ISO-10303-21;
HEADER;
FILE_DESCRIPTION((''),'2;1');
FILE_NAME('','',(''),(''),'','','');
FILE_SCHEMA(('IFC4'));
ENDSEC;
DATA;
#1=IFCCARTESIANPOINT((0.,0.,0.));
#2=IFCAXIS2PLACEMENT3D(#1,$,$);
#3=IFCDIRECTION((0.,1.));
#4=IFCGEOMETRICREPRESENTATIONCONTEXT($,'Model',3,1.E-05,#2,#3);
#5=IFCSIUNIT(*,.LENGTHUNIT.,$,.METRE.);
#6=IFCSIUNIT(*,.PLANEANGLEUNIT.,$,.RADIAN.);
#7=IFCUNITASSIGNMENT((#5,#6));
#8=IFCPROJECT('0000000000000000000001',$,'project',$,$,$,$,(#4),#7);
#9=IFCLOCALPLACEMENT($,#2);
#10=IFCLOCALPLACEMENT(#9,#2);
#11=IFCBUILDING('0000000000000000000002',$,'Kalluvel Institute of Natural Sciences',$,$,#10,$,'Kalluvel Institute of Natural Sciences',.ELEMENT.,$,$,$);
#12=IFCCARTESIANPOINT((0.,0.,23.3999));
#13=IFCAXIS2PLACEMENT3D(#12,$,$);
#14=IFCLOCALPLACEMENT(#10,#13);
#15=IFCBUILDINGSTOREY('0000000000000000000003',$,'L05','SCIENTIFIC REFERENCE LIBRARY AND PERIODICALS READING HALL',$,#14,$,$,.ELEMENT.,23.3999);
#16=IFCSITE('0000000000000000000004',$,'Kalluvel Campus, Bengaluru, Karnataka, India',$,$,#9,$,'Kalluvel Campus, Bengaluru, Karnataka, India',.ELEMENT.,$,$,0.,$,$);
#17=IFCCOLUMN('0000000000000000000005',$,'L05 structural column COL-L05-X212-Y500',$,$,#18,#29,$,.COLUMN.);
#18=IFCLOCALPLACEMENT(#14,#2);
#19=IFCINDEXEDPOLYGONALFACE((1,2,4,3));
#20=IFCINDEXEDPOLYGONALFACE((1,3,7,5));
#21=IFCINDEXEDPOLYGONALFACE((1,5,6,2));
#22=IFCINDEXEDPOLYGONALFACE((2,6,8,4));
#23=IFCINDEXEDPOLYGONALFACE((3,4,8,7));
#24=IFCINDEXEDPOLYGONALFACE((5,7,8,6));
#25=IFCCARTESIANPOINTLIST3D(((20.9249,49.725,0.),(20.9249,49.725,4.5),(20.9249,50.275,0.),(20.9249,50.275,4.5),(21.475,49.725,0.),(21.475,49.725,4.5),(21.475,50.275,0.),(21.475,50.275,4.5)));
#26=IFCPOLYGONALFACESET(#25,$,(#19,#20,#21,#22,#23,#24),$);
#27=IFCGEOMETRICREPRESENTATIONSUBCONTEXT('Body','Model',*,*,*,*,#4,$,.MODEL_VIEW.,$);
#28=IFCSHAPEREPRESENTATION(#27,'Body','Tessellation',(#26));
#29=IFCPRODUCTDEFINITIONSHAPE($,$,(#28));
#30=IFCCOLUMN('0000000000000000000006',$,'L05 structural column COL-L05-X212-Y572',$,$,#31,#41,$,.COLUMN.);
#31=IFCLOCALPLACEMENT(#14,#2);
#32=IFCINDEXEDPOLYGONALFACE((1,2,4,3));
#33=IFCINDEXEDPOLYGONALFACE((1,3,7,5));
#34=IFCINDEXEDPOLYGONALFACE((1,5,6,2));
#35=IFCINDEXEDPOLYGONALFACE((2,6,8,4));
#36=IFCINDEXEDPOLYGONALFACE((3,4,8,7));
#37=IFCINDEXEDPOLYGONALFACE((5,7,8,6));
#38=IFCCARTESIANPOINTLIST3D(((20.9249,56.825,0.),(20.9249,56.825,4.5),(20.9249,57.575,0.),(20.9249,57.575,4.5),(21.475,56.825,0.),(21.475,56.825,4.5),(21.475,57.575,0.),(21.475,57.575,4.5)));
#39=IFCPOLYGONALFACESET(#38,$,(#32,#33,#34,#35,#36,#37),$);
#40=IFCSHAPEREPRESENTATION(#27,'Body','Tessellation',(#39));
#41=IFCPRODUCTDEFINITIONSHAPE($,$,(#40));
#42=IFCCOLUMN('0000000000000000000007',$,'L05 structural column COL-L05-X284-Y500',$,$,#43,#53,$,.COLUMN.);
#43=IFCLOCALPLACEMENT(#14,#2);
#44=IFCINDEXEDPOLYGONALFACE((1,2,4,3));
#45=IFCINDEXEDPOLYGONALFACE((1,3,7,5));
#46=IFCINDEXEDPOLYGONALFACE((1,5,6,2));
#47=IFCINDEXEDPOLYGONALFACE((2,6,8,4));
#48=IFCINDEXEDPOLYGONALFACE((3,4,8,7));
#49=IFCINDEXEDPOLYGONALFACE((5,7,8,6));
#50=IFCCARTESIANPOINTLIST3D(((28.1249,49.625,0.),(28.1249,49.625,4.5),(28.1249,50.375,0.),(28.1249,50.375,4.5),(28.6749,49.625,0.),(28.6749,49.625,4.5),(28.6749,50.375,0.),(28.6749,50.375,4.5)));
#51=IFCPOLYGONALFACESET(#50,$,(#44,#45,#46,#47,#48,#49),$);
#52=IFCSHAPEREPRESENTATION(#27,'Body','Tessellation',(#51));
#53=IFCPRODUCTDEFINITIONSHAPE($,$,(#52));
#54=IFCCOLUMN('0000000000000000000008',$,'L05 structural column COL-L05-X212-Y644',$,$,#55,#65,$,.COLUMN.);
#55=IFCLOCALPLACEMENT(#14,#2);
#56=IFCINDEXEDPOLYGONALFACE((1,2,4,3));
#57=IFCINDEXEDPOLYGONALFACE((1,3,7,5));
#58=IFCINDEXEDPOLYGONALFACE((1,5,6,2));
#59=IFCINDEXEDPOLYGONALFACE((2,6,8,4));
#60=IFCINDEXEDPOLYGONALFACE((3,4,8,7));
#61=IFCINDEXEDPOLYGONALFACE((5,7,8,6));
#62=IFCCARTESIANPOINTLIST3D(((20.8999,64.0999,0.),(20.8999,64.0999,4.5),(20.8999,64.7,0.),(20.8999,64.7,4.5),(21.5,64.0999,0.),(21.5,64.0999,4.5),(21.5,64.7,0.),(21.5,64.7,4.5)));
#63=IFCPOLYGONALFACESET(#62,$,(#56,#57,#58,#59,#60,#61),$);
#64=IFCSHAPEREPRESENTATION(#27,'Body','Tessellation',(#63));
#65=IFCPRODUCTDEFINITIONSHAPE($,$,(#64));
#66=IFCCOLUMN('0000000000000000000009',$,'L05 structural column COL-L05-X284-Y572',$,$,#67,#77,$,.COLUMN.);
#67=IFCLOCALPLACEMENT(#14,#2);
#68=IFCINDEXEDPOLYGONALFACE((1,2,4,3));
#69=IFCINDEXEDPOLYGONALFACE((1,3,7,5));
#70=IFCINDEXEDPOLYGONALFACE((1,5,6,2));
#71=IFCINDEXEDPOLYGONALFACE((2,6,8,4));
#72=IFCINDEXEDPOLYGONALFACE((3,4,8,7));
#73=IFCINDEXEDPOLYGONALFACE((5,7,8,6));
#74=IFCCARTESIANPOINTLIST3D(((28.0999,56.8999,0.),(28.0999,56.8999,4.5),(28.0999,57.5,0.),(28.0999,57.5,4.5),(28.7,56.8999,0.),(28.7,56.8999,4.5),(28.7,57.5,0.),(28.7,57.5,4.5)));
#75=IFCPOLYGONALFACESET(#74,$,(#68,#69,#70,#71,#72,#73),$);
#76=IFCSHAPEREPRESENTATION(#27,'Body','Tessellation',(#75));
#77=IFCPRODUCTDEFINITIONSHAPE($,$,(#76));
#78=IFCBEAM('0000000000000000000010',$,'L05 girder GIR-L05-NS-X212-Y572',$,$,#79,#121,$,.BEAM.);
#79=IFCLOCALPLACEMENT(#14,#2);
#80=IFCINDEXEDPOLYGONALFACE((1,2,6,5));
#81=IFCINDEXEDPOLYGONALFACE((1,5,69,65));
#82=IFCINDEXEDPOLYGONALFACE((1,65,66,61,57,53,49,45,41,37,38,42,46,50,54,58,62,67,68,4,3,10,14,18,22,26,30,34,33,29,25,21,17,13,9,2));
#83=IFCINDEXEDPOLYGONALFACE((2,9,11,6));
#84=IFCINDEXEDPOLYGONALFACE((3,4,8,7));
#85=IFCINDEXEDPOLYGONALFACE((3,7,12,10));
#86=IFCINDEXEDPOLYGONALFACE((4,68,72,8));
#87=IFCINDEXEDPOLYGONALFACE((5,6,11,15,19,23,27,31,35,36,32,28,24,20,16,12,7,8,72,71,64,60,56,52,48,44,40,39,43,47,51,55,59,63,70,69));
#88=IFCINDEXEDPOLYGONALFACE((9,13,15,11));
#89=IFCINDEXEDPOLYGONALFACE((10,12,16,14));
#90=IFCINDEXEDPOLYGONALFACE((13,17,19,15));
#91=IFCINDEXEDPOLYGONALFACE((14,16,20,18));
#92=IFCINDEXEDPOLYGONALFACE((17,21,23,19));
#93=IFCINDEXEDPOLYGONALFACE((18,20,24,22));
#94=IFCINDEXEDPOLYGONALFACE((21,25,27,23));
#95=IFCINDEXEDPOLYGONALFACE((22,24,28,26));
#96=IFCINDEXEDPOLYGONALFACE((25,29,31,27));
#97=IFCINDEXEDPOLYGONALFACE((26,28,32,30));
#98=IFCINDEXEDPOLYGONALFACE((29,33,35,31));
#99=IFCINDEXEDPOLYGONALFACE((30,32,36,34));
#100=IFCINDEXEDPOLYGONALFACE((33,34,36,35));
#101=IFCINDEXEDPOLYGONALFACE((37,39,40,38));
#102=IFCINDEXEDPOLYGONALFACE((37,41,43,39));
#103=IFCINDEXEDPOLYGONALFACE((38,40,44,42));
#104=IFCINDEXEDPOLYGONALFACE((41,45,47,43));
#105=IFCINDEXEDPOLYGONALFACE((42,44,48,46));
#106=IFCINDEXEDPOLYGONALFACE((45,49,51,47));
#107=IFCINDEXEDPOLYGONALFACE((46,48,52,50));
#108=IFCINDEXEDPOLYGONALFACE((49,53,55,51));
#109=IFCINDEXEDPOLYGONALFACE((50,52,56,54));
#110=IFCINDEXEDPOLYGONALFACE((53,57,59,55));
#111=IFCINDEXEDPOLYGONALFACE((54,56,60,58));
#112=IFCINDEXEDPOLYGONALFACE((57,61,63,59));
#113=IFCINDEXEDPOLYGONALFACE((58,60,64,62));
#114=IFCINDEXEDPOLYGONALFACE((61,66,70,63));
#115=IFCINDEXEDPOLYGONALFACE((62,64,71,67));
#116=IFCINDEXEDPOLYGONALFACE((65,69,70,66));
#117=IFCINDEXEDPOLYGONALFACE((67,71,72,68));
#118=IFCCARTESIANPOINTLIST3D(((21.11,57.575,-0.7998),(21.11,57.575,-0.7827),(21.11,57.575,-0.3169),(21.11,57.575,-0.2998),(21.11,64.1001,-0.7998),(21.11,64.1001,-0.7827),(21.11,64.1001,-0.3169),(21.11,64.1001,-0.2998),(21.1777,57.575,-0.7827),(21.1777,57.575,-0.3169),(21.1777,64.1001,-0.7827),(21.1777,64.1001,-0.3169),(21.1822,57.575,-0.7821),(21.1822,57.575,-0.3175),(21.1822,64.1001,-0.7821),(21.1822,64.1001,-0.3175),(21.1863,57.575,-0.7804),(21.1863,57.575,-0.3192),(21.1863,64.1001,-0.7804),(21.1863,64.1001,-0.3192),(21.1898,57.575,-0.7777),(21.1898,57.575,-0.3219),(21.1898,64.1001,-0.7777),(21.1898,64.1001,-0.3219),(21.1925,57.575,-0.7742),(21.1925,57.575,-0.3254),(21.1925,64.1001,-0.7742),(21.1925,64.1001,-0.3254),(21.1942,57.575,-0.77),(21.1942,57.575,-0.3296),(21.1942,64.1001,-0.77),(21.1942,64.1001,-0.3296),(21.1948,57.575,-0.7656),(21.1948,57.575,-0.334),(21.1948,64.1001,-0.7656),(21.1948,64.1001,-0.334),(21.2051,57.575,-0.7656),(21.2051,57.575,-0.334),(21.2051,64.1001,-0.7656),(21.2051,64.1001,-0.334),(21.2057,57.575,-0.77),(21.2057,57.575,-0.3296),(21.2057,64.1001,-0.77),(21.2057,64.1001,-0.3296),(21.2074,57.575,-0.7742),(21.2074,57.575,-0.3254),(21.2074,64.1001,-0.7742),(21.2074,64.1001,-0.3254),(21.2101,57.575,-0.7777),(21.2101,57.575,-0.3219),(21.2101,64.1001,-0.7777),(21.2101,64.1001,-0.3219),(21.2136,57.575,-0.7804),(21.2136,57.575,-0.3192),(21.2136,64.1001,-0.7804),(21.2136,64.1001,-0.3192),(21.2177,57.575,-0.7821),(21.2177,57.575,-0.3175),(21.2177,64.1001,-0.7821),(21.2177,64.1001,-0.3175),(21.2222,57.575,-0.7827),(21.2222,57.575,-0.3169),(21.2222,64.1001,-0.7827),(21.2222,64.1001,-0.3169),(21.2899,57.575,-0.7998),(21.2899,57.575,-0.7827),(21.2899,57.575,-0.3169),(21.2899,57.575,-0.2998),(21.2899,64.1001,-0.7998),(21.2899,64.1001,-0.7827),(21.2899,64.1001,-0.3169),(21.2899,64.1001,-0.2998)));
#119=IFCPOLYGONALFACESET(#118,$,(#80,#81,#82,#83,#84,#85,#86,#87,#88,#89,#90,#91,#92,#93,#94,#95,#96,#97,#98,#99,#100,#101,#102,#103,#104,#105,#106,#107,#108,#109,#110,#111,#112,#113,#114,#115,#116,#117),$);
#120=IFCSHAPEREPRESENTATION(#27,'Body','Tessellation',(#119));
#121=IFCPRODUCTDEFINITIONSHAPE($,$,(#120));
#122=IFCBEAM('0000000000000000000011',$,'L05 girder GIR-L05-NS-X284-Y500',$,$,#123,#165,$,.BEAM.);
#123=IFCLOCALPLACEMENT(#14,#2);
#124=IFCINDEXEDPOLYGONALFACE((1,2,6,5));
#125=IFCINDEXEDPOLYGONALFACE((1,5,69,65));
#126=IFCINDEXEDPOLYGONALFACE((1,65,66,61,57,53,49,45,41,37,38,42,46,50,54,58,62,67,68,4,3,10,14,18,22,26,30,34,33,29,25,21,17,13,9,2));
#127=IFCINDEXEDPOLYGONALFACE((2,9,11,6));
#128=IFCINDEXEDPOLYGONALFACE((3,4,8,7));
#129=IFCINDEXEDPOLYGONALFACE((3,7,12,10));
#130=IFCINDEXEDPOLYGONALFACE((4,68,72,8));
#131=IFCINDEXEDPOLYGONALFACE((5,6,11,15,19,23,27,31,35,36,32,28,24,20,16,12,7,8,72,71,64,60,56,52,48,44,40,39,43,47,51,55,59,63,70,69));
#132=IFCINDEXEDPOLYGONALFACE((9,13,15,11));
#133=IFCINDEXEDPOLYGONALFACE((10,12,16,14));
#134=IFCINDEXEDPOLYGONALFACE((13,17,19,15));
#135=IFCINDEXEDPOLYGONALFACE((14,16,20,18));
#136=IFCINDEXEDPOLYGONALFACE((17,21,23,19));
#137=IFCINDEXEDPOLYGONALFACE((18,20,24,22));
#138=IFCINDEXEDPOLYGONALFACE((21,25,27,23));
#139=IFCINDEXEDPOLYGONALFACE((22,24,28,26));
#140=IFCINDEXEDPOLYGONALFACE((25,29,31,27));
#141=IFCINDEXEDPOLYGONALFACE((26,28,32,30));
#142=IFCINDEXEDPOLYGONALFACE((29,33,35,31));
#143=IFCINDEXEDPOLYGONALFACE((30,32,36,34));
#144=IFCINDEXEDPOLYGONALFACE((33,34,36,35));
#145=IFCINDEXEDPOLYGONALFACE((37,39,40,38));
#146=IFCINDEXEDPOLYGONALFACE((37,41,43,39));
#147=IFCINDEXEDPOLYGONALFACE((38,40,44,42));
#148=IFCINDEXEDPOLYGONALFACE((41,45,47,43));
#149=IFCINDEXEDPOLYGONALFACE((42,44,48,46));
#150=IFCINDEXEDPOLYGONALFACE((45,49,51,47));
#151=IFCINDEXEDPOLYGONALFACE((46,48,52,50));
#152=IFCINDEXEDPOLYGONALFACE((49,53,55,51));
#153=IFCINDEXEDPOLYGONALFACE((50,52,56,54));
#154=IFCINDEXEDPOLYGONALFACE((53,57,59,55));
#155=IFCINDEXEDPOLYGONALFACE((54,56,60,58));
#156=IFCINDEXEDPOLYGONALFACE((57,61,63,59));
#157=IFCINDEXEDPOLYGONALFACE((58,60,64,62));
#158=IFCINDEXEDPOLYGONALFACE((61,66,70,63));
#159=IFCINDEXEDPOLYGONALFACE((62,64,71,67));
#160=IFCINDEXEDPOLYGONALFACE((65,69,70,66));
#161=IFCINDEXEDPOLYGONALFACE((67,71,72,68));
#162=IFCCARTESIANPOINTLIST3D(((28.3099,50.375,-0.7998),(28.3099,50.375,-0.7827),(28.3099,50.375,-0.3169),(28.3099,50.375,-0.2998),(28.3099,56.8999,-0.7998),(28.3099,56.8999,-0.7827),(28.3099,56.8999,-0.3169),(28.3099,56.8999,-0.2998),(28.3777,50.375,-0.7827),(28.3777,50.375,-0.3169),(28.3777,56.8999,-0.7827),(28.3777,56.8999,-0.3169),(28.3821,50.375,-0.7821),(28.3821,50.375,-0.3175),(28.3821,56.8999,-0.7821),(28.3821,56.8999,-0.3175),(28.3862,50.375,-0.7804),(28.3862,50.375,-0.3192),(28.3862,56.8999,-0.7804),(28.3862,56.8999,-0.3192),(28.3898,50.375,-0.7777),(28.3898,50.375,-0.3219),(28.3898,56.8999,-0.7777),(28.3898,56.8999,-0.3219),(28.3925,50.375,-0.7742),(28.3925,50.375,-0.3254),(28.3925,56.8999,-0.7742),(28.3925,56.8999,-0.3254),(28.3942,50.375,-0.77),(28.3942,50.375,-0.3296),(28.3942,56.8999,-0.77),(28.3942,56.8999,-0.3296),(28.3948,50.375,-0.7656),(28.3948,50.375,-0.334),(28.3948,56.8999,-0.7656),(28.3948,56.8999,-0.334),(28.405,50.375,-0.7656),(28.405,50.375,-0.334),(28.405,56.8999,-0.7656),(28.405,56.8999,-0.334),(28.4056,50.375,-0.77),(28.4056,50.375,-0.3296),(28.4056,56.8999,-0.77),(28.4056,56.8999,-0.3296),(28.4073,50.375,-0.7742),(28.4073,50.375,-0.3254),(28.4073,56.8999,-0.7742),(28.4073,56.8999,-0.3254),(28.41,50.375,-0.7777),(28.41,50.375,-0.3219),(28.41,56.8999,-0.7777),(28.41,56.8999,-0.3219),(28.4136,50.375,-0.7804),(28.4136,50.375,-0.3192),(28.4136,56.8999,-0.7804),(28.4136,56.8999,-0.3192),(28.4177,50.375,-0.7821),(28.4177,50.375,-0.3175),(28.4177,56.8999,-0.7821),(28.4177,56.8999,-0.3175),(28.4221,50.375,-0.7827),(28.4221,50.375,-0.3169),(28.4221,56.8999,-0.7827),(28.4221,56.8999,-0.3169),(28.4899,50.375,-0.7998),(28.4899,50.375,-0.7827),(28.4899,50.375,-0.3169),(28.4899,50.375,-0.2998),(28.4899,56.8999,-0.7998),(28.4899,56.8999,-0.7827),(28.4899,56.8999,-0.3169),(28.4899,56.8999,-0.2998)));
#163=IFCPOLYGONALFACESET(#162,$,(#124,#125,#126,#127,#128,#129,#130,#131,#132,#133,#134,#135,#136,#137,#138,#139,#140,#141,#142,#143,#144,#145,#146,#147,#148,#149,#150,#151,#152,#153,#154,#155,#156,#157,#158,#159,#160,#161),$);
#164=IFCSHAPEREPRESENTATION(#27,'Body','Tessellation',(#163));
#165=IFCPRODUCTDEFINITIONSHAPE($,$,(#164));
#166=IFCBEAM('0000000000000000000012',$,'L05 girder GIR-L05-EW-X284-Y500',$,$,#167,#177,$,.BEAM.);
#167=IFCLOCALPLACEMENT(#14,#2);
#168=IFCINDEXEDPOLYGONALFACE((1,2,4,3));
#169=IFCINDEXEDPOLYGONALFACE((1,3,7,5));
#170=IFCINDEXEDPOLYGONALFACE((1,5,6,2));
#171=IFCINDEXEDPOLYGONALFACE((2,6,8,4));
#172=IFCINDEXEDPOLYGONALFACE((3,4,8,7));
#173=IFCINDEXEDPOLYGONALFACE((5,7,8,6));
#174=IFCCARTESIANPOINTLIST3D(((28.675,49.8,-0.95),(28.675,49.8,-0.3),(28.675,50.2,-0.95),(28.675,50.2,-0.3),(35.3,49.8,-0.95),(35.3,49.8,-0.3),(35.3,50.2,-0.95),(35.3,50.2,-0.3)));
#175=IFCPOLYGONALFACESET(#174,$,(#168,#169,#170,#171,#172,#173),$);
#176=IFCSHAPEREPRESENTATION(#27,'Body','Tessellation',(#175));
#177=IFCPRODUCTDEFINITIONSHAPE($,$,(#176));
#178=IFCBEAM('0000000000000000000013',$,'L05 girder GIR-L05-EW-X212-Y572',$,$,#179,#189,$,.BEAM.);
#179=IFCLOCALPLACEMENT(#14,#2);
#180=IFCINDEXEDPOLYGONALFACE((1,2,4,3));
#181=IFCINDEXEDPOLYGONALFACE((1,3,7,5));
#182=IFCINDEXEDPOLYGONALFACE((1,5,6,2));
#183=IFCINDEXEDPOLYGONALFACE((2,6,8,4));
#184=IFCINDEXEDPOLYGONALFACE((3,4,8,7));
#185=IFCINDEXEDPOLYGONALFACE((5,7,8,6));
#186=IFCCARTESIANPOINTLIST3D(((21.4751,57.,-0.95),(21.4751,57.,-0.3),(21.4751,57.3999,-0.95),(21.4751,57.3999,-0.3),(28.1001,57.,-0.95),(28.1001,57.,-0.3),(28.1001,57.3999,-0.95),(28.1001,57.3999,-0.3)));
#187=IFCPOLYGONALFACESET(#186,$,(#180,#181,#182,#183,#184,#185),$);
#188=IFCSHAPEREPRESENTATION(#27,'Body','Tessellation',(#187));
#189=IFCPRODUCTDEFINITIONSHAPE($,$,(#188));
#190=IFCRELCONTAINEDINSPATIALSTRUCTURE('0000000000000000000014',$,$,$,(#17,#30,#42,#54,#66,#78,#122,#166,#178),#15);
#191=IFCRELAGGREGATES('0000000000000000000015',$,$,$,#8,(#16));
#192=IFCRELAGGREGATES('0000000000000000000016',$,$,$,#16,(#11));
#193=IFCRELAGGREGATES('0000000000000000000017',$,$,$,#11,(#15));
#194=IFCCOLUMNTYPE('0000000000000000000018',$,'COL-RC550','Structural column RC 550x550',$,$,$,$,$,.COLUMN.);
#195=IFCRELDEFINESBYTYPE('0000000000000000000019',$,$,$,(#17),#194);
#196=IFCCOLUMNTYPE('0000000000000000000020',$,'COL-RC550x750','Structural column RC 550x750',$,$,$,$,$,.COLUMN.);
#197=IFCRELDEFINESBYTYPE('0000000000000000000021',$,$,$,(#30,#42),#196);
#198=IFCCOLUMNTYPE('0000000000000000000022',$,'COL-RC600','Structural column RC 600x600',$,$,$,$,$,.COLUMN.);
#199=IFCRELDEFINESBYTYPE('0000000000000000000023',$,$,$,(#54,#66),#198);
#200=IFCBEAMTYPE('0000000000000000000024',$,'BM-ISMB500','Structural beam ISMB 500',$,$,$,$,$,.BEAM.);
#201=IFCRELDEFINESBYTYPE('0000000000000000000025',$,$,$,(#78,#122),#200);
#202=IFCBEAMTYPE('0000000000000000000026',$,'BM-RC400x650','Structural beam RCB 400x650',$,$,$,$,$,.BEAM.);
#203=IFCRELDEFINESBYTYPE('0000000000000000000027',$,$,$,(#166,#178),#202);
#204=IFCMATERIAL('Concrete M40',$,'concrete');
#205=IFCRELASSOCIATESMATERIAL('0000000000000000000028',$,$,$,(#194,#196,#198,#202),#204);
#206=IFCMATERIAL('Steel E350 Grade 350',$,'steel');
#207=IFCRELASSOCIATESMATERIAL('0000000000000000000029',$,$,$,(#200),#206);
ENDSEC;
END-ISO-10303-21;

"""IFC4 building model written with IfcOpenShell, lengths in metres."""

from ifc_helpers import new_model, si_unit, direction, frame, origin, origin_2d, place, context, subcontext, project, spatial, rectangle, i_section, extrude, material, material_profile, profile_set, type_object, element, save


model = new_model("IFC4")

# Units and contexts
model_context = context("Model", 3, precision=1e-05, world=origin(), true_north=direction((0.0, 1.0)))
body_context = subcontext(model_context, "Body", "Model", "MODEL_VIEW")
ifc_project = project(units=[si_unit("LENGTHUNIT", "METRE"), si_unit("PLANEANGLEUNIT", "RADIAN")], contexts=[model_context])

# Site, building, storey
site_placement = place(None, origin())
site = spatial("IfcSite", under=ifc_project, at=site_placement, Name="Kalluvel Campus, Bengaluru, Karnataka, India", LongName="Kalluvel Campus, Bengaluru, Karnataka, India", CompositionType="ELEMENT", RefElevation=0.0)
building_placement = place(site_placement, origin())
building = spatial("IfcBuilding", under=site, at=building_placement, Name="Kalluvel Institute of Natural Sciences", LongName="Kalluvel Institute of Natural Sciences", CompositionType="ELEMENT")
storey_placement = place(building_placement, frame((0.0, 0.0, 23.3999)))
storey = spatial("IfcBuildingStorey", under=building, at=storey_placement, Name="L05", Description="SCIENTIFIC REFERENCE LIBRARY AND PERIODICALS READING HALL", CompositionType="ELEMENT", Elevation=23.3999)

# Columns
ifc_material_1 = material(Name="Concrete M40", Category="concrete")
ifc_material_profile_1 = material_profile(ifc_material_1, rectangle(XDim=0.55, YDim=0.55, at=origin_2d()), Name="RC 550x550")
ifc_profile_set_1 = profile_set([ifc_material_profile_1], Name="Concrete M40")
column_type_1 = type_object("IfcColumnType", Name="COL-RC550", Description="Structural column RC 550x550", PredefinedType="COLUMN", material=ifc_profile_set_1)
column_placement = place(storey_placement, frame((21.2, 50.0, 0.0), z_axis=(0.0, 0.0, 1.0), x_axis=(1.0, 0.0, 0.0)))
element("IfcColumn", 1, at=column_placement, inside=storey, type_object=column_type_1, Name="L05 structural column COL-L05-X212-Y500", PredefinedType="COLUMN", context=body_context, shape_type="SweptSolid", body=[
    extrude(rectangle(XDim=0.55, YDim=0.55, at=origin_2d()), origin(), (0.0, 0.0, 1.0), 4.5),
])
ifc_material_profile_2 = material_profile(ifc_material_1, rectangle(XDim=0.55, YDim=0.75, at=origin_2d()), Name="RC 550x750")
ifc_profile_set_2 = profile_set([ifc_material_profile_2], Name="Concrete M40")
column_type_2 = type_object("IfcColumnType", Name="COL-RC550x750", Description="Structural column RC 550x750", PredefinedType="COLUMN", material=ifc_profile_set_2)
for number, where, z_axis, x_axis, name in (
    (2, (21.2, 57.2, 0.0), (0.0, 0.0, 1.0), (1.0, 0.0, 0.0), "L05 structural column COL-L05-X212-Y572"),
    (3, (28.3999, 50.0, 0.0), (0.0, 0.0, 1.0), (1.0, 0.0, 0.0), "L05 structural column COL-L05-X284-Y500"),
):
    element("IfcColumn", number, at=place(storey_placement, frame(where, z_axis=z_axis, x_axis=x_axis)), inside=storey, type_object=column_type_2, Name=name, PredefinedType="COLUMN", context=body_context, shape_type="SweptSolid", body=[
        extrude(rectangle(XDim=0.55, YDim=0.75, at=origin_2d()), origin(), (0.0, 0.0, 1.0), 4.5),
    ])
ifc_material_profile_3 = material_profile(ifc_material_1, rectangle(XDim=0.6001, YDim=0.6001, at=origin_2d()), Name="RC 600x600")
ifc_profile_set_3 = profile_set([ifc_material_profile_3], Name="Concrete M40")
column_type_3 = type_object("IfcColumnType", Name="COL-RC600", Description="Structural column RC 600x600", PredefinedType="COLUMN", material=ifc_profile_set_3)
for number, where, z_axis, x_axis, name in (
    (4, (21.2, 64.3999, 0.0), (0.0, 0.0, 1.0), (1.0, 0.0, 0.0), "L05 structural column COL-L05-X212-Y644"),
    (5, (28.3999, 57.2, 0.0), (0.0, 0.0, 1.0), (1.0, 0.0, 0.0), "L05 structural column COL-L05-X284-Y572"),
):
    element("IfcColumn", number, at=place(storey_placement, frame(where, z_axis=z_axis, x_axis=x_axis)), inside=storey, type_object=column_type_3, Name=name, PredefinedType="COLUMN", context=body_context, shape_type="SweptSolid", body=[
        extrude(rectangle(XDim=0.6001, YDim=0.6001, at=origin_2d()), origin(), (0.0, 0.0, 1.0), 4.5),
    ])

# Beams
ifc_material_2 = material(Name="Steel E350 Grade 350", Category="steel")
ifc_material_profile_4 = material_profile(ifc_material_2, i_section(OverallWidth=0.1799, OverallDepth=0.5, WebThickness=0.0103, FlangeThickness=0.0171, FilletRadius=0.0171, at=origin_2d()), Name="ISMB 500")
ifc_profile_set_4 = profile_set([ifc_material_profile_4], Name="Steel E350 Grade 350")
beam_type_1 = type_object("IfcBeamType", Name="BM-ISMB500", Description="Structural beam ISMB 500", PredefinedType="BEAM", material=ifc_profile_set_4)
beam_1_placement = place(storey_placement, frame((21.2, 57.575, -0.5498), z_axis=(0.0, 1.0, 0.0), x_axis=(-1.0, 0.0, 0.0)))
element("IfcBeam", 6, at=beam_1_placement, inside=storey, type_object=beam_type_1, Name="L05 girder GIR-L05-NS-X212-Y572", PredefinedType="BEAM", context=body_context, shape_type="SweptSolid", body=[
    extrude(i_section(OverallWidth=0.1799, OverallDepth=0.5, WebThickness=0.0103, FlangeThickness=0.0171, FilletRadius=0.0171, at=origin_2d()), origin(), (0.0, 0.0, 1.0), 6.5251),
])
beam_2_placement = place(storey_placement, frame((28.3999, 50.375, -0.5498), z_axis=(0.0, 1.0, 0.0), x_axis=(-1.0, 0.0, 0.0)))
element("IfcBeam", 7, at=beam_2_placement, inside=storey, type_object=beam_type_1, Name="L05 girder GIR-L05-NS-X284-Y500", PredefinedType="BEAM", context=body_context, shape_type="SweptSolid", body=[
    extrude(i_section(OverallWidth=0.1799, OverallDepth=0.5, WebThickness=0.0103, FlangeThickness=0.0171, FilletRadius=0.0171, at=origin_2d()), origin(), (0.0, 0.0, 1.0), 6.5249),
])
ifc_material_profile_5 = material_profile(ifc_material_1, rectangle(XDim=0.3999, YDim=0.6499, at=origin_2d()), Name="RCB 400x650")
ifc_profile_set_5 = profile_set([ifc_material_profile_5], Name="Concrete M40")
beam_type_2 = type_object("IfcBeamType", Name="BM-RC400x650", Description="Structural beam RCB 400x650", PredefinedType="BEAM", material=ifc_profile_set_5)
for number, where, z_axis, x_axis, name in (
    (8, (28.675, 50.0, -0.625), (1.0, 0.0, 0.0), (0.0, 1.0, 0.0), "L05 girder GIR-L05-EW-X284-Y500"),
    (9, (21.4751, 57.2, -0.625), (1.0, 0.0, 0.0), (0.0, 1.0, 0.0), "L05 girder GIR-L05-EW-X212-Y572"),
):
    element("IfcBeam", number, at=place(storey_placement, frame(where, z_axis=z_axis, x_axis=x_axis)), inside=storey, type_object=beam_type_2, Name=name, PredefinedType="BEAM", context=body_context, shape_type="SweptSolid", body=[
        extrude(rectangle(XDim=0.3999, YDim=0.6499, at=origin_2d()), origin(), (0.0, 0.0, 1.0), 6.625),
    ])

save(model, "model.ifc")
